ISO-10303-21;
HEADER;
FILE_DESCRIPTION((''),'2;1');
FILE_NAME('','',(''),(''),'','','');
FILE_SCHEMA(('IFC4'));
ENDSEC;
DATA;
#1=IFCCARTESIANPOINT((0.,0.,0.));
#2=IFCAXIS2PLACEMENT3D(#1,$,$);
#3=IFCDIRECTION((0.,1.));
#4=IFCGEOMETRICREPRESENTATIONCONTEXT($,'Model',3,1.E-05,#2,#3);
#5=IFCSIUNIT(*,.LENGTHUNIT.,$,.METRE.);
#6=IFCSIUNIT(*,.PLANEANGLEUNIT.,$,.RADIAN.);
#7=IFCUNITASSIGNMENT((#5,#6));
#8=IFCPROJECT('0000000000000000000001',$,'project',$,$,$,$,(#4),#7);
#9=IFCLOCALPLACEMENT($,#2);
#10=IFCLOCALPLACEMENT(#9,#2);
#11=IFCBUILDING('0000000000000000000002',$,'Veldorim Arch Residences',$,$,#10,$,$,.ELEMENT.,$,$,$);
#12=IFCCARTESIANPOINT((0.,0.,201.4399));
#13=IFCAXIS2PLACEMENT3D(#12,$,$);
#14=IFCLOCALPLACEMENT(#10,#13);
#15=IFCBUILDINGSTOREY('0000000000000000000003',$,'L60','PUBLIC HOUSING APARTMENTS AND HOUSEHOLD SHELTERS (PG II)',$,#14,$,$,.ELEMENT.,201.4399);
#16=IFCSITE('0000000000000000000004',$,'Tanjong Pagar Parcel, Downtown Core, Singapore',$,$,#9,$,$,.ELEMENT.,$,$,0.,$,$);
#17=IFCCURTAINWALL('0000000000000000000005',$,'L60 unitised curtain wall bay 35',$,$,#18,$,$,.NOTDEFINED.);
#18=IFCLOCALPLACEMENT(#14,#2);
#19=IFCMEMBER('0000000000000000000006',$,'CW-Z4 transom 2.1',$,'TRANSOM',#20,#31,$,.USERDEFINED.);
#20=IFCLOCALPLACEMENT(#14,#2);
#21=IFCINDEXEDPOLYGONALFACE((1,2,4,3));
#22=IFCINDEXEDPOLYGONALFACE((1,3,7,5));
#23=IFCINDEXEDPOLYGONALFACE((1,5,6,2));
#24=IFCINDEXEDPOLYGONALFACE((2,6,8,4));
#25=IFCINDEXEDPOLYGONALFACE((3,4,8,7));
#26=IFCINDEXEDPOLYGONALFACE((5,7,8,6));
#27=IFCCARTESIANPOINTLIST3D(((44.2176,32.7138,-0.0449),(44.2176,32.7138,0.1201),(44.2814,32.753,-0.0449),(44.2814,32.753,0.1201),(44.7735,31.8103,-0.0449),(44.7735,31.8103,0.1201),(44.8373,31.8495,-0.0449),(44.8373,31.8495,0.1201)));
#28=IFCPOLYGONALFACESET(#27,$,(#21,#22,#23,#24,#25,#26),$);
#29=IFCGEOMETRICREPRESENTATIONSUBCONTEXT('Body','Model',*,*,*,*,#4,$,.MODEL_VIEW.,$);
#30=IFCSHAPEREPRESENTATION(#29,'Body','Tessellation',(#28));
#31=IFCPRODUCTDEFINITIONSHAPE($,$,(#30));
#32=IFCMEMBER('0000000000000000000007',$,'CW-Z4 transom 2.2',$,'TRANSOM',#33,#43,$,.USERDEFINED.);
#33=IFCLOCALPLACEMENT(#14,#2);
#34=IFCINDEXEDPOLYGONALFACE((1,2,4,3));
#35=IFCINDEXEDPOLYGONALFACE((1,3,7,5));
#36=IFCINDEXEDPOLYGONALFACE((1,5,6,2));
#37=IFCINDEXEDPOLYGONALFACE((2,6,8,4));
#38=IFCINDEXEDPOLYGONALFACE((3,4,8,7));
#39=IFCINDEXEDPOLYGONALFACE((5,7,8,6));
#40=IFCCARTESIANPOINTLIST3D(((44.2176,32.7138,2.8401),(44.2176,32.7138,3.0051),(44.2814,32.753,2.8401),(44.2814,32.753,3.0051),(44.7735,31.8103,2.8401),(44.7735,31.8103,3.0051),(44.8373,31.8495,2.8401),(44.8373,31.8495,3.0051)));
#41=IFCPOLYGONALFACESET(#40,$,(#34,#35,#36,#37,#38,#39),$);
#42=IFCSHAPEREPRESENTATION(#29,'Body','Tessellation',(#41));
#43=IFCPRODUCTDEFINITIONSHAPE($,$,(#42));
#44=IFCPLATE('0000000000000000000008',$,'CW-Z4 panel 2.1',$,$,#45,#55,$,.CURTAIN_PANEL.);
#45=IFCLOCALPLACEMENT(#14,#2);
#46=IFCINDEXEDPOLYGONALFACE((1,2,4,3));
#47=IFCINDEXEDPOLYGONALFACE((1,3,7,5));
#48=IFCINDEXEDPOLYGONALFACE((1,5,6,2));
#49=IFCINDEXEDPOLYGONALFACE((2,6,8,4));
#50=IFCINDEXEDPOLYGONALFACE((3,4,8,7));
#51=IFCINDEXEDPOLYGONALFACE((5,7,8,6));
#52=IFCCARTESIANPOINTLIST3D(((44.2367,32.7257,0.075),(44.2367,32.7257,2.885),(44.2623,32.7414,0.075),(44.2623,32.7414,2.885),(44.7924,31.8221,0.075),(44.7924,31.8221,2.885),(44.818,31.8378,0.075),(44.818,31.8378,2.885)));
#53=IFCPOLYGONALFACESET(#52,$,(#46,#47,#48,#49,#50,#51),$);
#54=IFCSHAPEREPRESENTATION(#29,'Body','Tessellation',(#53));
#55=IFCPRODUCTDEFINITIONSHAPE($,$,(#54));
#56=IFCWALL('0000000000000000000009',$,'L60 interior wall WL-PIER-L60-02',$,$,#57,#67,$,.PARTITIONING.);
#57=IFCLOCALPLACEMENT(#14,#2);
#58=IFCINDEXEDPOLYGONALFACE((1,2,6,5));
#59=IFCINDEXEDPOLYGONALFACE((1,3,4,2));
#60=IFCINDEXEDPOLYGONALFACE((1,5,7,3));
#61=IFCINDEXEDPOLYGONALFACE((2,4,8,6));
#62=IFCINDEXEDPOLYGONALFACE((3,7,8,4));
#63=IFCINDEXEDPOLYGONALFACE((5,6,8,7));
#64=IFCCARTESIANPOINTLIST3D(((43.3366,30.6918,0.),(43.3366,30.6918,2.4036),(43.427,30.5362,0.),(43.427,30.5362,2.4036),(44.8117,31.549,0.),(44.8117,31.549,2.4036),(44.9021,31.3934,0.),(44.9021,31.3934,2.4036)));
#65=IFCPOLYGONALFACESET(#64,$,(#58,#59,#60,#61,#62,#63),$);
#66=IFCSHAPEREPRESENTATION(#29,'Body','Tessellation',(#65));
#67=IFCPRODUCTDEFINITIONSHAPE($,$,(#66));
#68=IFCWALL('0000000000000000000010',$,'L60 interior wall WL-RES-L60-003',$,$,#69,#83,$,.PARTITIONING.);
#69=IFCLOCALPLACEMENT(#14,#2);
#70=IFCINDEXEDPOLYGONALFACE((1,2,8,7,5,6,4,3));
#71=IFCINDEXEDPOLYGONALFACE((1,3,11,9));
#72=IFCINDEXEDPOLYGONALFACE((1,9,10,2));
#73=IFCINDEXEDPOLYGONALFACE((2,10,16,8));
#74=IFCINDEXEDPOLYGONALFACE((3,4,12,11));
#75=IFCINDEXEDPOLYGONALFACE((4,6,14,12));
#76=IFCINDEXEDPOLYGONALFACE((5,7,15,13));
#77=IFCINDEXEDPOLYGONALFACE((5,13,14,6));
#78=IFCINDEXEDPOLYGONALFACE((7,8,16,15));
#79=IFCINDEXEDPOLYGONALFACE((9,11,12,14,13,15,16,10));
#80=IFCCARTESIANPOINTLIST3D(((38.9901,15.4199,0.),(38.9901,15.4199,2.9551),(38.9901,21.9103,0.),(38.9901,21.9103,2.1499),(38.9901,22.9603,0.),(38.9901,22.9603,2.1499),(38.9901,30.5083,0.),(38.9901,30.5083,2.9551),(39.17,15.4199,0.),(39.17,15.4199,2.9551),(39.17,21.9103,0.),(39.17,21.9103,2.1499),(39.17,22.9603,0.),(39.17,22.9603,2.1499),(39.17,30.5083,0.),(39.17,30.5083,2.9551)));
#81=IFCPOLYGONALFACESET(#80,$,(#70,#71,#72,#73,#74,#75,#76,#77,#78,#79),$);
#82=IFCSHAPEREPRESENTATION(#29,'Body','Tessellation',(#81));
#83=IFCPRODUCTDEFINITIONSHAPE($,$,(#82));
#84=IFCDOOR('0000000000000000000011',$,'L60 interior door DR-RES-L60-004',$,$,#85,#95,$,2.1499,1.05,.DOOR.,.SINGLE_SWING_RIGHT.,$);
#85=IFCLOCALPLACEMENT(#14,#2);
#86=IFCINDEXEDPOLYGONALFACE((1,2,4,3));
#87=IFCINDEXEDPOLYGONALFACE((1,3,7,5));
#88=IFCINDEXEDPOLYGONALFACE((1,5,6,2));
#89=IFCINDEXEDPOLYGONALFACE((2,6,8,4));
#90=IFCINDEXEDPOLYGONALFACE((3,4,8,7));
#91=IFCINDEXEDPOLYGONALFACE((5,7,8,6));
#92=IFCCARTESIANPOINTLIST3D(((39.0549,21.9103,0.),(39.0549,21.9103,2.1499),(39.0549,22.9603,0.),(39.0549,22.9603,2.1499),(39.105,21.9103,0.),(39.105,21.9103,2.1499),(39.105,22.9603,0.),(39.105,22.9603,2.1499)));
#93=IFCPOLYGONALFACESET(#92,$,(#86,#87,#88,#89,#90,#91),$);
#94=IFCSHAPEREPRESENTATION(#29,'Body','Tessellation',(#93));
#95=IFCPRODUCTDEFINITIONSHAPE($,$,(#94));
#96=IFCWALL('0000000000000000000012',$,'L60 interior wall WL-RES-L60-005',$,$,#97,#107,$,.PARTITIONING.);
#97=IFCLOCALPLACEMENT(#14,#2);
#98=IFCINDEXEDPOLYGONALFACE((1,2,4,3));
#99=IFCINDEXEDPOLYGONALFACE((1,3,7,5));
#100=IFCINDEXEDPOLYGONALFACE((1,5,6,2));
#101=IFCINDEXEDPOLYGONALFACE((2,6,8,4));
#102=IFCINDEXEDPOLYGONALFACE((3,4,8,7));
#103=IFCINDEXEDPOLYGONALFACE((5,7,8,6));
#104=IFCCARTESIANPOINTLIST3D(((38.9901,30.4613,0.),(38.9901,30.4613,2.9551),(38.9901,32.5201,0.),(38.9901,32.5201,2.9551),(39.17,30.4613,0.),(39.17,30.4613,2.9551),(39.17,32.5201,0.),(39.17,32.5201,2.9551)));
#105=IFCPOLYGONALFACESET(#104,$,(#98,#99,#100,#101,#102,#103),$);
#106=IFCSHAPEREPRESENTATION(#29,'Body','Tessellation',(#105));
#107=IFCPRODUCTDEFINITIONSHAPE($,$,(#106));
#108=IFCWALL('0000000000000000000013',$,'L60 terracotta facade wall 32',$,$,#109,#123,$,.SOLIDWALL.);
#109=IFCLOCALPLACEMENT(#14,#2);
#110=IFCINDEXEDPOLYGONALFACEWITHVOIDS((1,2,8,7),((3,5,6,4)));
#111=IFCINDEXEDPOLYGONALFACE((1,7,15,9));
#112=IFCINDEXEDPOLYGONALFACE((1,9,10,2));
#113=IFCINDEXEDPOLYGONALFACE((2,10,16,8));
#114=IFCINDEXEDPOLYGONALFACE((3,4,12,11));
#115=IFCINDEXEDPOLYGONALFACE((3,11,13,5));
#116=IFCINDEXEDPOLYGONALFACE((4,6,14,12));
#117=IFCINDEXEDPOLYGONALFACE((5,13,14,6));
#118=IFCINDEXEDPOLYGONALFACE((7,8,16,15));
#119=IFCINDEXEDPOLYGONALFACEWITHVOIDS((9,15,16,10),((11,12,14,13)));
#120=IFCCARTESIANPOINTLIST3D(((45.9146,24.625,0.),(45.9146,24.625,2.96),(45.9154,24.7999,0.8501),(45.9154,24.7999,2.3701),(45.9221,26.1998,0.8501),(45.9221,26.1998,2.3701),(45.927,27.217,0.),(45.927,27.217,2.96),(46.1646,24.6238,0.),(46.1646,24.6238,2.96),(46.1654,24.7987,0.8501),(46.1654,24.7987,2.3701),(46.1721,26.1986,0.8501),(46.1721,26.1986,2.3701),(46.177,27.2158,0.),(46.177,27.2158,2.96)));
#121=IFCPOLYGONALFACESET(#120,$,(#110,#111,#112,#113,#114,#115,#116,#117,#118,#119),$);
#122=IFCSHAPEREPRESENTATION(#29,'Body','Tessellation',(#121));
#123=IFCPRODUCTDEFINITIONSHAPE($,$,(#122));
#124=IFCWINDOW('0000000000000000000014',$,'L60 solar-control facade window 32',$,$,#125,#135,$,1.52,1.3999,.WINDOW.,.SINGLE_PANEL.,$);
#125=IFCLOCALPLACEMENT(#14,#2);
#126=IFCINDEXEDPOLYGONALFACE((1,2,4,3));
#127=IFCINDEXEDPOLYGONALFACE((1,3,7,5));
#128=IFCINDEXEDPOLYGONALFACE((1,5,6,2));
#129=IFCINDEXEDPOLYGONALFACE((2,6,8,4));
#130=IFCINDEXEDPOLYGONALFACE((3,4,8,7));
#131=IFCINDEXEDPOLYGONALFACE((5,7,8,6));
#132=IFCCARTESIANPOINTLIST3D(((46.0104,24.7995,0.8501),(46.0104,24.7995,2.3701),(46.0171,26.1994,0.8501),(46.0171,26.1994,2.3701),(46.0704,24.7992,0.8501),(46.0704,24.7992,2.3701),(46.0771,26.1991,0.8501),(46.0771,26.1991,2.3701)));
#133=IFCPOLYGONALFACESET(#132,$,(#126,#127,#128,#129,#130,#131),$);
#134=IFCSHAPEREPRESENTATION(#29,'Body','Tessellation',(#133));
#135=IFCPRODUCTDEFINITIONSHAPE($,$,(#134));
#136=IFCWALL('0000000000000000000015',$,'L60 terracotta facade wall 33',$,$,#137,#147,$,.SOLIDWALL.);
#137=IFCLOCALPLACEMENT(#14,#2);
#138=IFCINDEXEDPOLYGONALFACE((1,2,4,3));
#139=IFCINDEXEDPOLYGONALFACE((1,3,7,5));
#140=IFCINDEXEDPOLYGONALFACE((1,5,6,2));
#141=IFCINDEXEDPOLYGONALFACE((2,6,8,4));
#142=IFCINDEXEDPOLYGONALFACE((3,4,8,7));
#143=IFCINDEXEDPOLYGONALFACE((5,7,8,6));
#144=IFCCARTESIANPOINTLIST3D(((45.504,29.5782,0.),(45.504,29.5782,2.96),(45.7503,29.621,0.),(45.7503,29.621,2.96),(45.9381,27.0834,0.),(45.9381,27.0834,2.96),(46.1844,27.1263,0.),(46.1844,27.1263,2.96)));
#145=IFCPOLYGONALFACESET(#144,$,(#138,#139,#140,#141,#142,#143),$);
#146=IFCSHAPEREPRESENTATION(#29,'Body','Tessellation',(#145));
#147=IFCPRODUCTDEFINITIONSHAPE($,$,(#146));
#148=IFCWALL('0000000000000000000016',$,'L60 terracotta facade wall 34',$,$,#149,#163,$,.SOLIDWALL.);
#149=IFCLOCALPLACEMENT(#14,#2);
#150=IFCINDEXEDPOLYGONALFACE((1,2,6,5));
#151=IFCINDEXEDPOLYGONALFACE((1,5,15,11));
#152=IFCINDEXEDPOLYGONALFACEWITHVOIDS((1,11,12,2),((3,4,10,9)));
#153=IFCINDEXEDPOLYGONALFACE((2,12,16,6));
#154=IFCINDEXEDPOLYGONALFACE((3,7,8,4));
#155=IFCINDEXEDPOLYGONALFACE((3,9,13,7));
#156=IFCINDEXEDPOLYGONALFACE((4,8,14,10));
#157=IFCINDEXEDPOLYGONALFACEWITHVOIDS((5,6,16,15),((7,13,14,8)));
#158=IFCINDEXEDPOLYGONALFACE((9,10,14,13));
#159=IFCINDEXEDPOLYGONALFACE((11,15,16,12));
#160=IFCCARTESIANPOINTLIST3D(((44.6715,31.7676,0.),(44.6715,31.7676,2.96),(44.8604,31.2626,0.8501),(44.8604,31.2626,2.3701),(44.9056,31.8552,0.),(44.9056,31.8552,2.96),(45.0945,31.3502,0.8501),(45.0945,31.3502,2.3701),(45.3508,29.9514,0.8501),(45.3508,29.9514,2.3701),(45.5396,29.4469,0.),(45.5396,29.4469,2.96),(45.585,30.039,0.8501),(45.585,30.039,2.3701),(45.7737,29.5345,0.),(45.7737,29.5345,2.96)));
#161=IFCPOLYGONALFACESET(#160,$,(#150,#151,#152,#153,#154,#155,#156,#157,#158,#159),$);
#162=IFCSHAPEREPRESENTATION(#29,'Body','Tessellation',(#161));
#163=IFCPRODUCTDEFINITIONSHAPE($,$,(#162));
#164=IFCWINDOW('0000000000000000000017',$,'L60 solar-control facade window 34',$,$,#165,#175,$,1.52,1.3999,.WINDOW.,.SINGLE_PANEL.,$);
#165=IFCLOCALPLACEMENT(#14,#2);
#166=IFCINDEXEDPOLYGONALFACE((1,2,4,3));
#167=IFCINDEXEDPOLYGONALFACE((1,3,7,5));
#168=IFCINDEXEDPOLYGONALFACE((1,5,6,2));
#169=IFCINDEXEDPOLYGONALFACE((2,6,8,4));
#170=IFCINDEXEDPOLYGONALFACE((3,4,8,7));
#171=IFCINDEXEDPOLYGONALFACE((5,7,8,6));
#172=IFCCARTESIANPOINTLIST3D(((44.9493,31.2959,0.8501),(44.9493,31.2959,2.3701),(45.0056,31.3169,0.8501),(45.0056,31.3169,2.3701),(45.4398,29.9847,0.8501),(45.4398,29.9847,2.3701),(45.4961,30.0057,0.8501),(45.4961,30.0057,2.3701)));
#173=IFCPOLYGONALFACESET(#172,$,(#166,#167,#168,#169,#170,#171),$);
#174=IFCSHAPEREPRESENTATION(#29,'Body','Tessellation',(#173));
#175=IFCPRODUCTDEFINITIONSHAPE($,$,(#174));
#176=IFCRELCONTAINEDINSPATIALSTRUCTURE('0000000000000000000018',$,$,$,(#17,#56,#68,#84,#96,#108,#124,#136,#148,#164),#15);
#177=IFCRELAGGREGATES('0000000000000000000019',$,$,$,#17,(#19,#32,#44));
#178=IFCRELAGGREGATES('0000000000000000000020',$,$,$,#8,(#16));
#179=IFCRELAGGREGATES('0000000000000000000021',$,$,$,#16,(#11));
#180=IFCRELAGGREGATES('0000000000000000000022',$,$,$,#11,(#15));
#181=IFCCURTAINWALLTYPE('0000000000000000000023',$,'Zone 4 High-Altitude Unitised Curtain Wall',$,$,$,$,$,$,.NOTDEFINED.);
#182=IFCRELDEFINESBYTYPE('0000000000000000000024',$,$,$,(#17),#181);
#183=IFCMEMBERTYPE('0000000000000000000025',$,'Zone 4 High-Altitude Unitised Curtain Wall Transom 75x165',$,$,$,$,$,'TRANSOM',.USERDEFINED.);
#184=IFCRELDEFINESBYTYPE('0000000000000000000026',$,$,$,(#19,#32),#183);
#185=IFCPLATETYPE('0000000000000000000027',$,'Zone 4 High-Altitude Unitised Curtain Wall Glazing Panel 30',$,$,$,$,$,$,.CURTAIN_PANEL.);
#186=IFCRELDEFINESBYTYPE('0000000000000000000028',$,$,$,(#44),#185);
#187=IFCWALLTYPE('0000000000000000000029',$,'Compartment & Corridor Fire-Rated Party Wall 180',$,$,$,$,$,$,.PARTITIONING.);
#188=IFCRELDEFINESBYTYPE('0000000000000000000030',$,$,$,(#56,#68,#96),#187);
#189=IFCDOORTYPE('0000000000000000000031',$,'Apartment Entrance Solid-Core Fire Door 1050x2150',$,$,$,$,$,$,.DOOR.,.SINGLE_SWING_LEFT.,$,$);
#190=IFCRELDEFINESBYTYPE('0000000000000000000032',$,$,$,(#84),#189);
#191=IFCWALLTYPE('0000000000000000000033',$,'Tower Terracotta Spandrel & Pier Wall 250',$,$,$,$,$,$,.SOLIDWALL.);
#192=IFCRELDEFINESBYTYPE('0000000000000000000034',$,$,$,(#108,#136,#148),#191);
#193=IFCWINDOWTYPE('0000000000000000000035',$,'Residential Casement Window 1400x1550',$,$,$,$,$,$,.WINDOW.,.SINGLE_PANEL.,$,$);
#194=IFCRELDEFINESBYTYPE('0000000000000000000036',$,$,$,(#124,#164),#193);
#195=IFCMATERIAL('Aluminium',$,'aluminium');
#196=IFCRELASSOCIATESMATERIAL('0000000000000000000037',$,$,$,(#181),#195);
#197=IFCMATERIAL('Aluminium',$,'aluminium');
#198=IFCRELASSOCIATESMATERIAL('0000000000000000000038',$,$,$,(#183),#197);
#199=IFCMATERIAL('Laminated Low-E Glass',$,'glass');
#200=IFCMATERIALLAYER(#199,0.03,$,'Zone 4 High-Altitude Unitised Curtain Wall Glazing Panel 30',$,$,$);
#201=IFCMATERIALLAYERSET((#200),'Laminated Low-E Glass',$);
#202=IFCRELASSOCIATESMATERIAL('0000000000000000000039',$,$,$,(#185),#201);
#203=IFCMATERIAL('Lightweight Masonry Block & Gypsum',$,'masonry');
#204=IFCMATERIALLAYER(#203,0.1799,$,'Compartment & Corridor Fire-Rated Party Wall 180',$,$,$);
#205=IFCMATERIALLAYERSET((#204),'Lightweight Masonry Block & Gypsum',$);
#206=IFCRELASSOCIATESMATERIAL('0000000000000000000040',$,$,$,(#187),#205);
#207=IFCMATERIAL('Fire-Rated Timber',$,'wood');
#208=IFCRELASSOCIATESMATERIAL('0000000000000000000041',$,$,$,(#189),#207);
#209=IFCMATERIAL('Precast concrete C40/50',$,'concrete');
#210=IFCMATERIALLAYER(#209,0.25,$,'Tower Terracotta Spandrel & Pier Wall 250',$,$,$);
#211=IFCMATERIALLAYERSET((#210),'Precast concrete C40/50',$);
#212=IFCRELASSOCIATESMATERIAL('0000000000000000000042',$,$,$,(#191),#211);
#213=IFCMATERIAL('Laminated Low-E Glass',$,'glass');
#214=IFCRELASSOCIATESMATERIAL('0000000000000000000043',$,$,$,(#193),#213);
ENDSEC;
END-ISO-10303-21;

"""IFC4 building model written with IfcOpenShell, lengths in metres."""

from ifc_helpers import new_model, si_unit, direction, frame, frame_2d, origin, origin_2d, place, context, subcontext, project, spatial, rectangle, extrude, material, layer, layer_set, material_profile, profile_set, type_object, element, fill, aggregate, save


model = new_model("IFC4")

# Units and contexts
model_context = context("Model", 3, precision=1e-05, world=origin(), true_north=direction((0.0, 1.0)))
body_context = subcontext(model_context, "Body", "Model", "MODEL_VIEW")
ifc_project = project(units=[si_unit("LENGTHUNIT", "METRE"), si_unit("PLANEANGLEUNIT", "RADIAN")], contexts=[model_context])

# Site, building, storey
site_placement = place(None, origin())
site = spatial("IfcSite", under=ifc_project, at=site_placement, Name="Tanjong Pagar Parcel, Downtown Core, Singapore", CompositionType="ELEMENT", RefElevation=0.0)
building_placement = place(site_placement, origin())
building = spatial("IfcBuilding", under=site, at=building_placement, Name="Veldorim Arch Residences", CompositionType="ELEMENT")
storey_placement = place(building_placement, frame((0.0, 0.0, 201.4399)))
storey = spatial("IfcBuildingStorey", under=building, at=storey_placement, Name="L60", Description="PUBLIC HOUSING APARTMENTS AND HOUSEHOLD SHELTERS (PG II)", CompositionType="ELEMENT", Elevation=201.4399)

# Curtain wall, members, plate
ifc_material_1 = material(Name="Aluminium", Category="aluminium")
curtain_wall_type = type_object("IfcCurtainWallType", Name="Zone 4 High-Altitude Unitised Curtain Wall", PredefinedType="NOTDEFINED", material=ifc_material_1)
curtain_wall_placement = place(storey_placement, origin())
curtain_wall = element("IfcCurtainWall", 1, at=curtain_wall_placement, inside=storey, type_object=curtain_wall_type, Name="L60 unitised curtain wall bay 35", PredefinedType="NOTDEFINED")
ifc_material_2 = material(Name="Aluminium", Category="aluminium")
ifc_material_profile_1 = material_profile(ifc_material_2, rectangle(XDim=0.075, YDim=0.165, at=origin_2d()), Name="ALU_TRN_75x165")
ifc_profile_set_1 = profile_set([ifc_material_profile_1], Name="Aluminium")
member_type_1 = type_object("IfcMemberType", Name="Zone 4 High-Altitude Unitised Curtain Wall Transom 75x165", ElementType="TRANSOM", PredefinedType="USERDEFINED", material=ifc_profile_set_1)
member_1_placement = place(storey_placement, frame((44.2495, 32.7334, 0.0376), z_axis=(0.524008, -0.851714, 0.0), x_axis=(0.851714, 0.524008, 0.0)))
member_1 = element("IfcMember", 2, at=member_1_placement, type_object=member_type_1, Name="CW-Z4 transom 2.1", ObjectType="TRANSOM", PredefinedType="USERDEFINED", context=body_context, shape_type="SweptSolid", body=[
    extrude(rectangle(XDim=0.075, YDim=0.165, at=origin_2d()), origin(), (0.0, 0.0, 1.0), 1.0608),
])
member_2_placement = place(storey_placement, frame((44.2495, 32.7334, 2.9226), z_axis=(0.524008, -0.851714, 0.0), x_axis=(0.851714, 0.524008, 0.0)))
member_2 = element("IfcMember", 3, at=member_2_placement, type_object=member_type_1, Name="CW-Z4 transom 2.2", ObjectType="TRANSOM", PredefinedType="USERDEFINED", context=body_context, shape_type="SweptSolid", body=[
    extrude(rectangle(XDim=0.075, YDim=0.165, at=origin_2d()), origin(), (0.0, 0.0, 1.0), 1.0608),
])
ifc_material_3 = material(Name="Laminated Low-E Glass", Category="glass")
ifc_layer_1 = layer(ifc_material_3, 0.03, Name="Zone 4 High-Altitude Unitised Curtain Wall Glazing Panel 30")
ifc_layer_set_1 = layer_set([ifc_layer_1], Name="Laminated Low-E Glass")
plate_type = type_object("IfcPlateType", Name="Zone 4 High-Altitude Unitised Curtain Wall Glazing Panel 30", PredefinedType="CURTAIN_PANEL", material=ifc_layer_set_1)
plate_placement = place(storey_placement, frame((44.5273, 32.2817, 0.075), z_axis=(0.0, 0.0, 1.0), x_axis=(0.523864, -0.851802, 0.0)))
plate = element("IfcPlate", 4, at=plate_placement, type_object=plate_type, Name="CW-Z4 panel 2.1", PredefinedType="CURTAIN_PANEL", context=body_context, shape_type="SweptSolid", body=[
    extrude(rectangle(XDim=1.0608, YDim=0.03, at=origin_2d()), origin(), (0.0, 0.0, 1.0), 2.8101),
])
aggregate(curtain_wall, [member_1, member_2, plate])

# Wall
ifc_material_4 = material(Name="Lightweight Masonry Block & Gypsum", Category="masonry")
ifc_layer_2 = layer(ifc_material_4, 0.1799, Name="Compartment & Corridor Fire-Rated Party Wall 180")
ifc_layer_set_2 = layer_set([ifc_layer_2], Name="Lightweight Masonry Block & Gypsum")
wall_type_1 = type_object("IfcWallType", Name="Compartment & Corridor Fire-Rated Party Wall 180", PredefinedType="PARTITIONING", material=ifc_layer_set_2)
wall_1_placement = place(storey_placement, frame((43.3818, 30.614, 0.0), z_axis=(0.0, 0.0, 1.0), x_axis=(0.864619, 0.502429, 0.0)))
element("IfcWall", 5, at=wall_1_placement, inside=storey, type_object=wall_type_1, Name="L60 interior wall WL-PIER-L60-02", PredefinedType="PARTITIONING", context=body_context, shape_type="SweptSolid", body=[
    extrude(rectangle(XDim=1.7061, YDim=0.1799, at=frame_2d((0.853, 0.0))), origin(), (0.0, 0.0, 1.0), 2.4036),
])

# Wall, opening, door
wall_2_placement = place(storey_placement, frame((39.0801, 30.5083, 0.0), z_axis=(0.0, 0.0, 1.0), x_axis=(0.0, -1.0, 0.0)))
wall_2 = element("IfcWall", 6, at=wall_2_placement, inside=storey, type_object=wall_type_1, Name="L60 interior wall WL-RES-L60-003", PredefinedType="PARTITIONING", context=body_context, shape_type="SweptSolid", body=[
    extrude(rectangle(XDim=15.0884, YDim=0.1799, at=frame_2d((7.5442, 0.0))), origin(), (0.0, 0.0, 1.0), 2.9551),
])
opening_1_placement = place(wall_2_placement, frame((7.5481, 0.0, 0.0)))
opening_1 = element("IfcOpeningElement", 7, at=opening_1_placement, cuts=wall_2, PredefinedType="OPENING", context=body_context, shape_type="SweptSolid", body=[
    extrude(rectangle(XDim=1.05, YDim=2.1499, at=frame_2d((0.5249, 1.075))), frame((0.0, 0.0999, 0.0), z_axis=(0.0, -1.0, 0.0), x_axis=(1.0, 0.0, 0.0)), (0.0, 0.0, 1.0), 0.2),
])
ifc_material_5 = material(Name="Fire-Rated Timber", Category="wood")
door_type = type_object("IfcDoorType", Name="Apartment Entrance Solid-Core Fire Door 1050x2150", OperationType="SINGLE_SWING_LEFT", PredefinedType="DOOR", material=ifc_material_5)
door_placement = place(opening_1_placement, origin())
door = element("IfcDoor", 8, at=door_placement, inside=storey, type_object=door_type, Name="L60 interior door DR-RES-L60-004", OperationType="SINGLE_SWING_RIGHT", OverallHeight=2.1499, OverallWidth=1.05, PredefinedType="DOOR", context=body_context, shape_type="SweptSolid", body=[
    extrude(rectangle(XDim=1.05, YDim=2.1499, at=frame_2d((0.5249, 1.075))), frame((0.0, 0.0249, 0.0), z_axis=(0.0, -1.0, 0.0), x_axis=(1.0, 0.0, 0.0)), (0.0, 0.0, 1.0), 0.05),
])
fill(opening_1, door)

# Wall
wall_3_placement = place(storey_placement, frame((39.0801, 32.52, 0.0), z_axis=(0.0, 0.0, 1.0), x_axis=(0.0, -1.0, 0.0)))
element("IfcWall", 9, at=wall_3_placement, inside=storey, type_object=wall_type_1, Name="L60 interior wall WL-RES-L60-005", PredefinedType="PARTITIONING", context=body_context, shape_type="SweptSolid", body=[
    extrude(rectangle(XDim=2.0588, YDim=0.1799, at=frame_2d((1.0293, 0.0))), origin(), (0.0, 0.0, 1.0), 2.9551),
])

# Wall, opening, window
ifc_material_6 = material(Name="Precast concrete C40/50", Category="concrete")
ifc_layer_3 = layer(ifc_material_6, 0.25, Name="Tower Terracotta Spandrel & Pier Wall 250")
ifc_layer_set_3 = layer_set([ifc_layer_3], Name="Precast concrete C40/50")
wall_type_2 = type_object("IfcWallType", Name="Tower Terracotta Spandrel & Pier Wall 250", PredefinedType="SOLIDWALL", material=ifc_layer_set_3)
wall_4_placement = place(storey_placement, frame((46.052, 27.2163, 0.0), z_axis=(0.0, 0.0, 1.0), x_axis=(-0.004804, -0.999988, 0.0)))
wall_4 = element("IfcWall", 10, at=wall_4_placement, inside=storey, type_object=wall_type_2, Name="L60 terracotta facade wall 32", PredefinedType="SOLIDWALL", context=body_context, shape_type="SweptSolid", body=[
    extrude(rectangle(XDim=2.592, YDim=0.25, at=frame_2d((1.2959, 0.0))), origin(), (0.0, 0.0, 1.0), 2.96),
])
opening_2_placement = place(wall_4_placement, frame((1.0171, 0.0, 0.8501)))
opening_2 = element("IfcOpeningElement", 11, at=opening_2_placement, cuts=wall_4, PredefinedType="OPENING", context=body_context, shape_type="SweptSolid", body=[
    extrude(rectangle(XDim=1.3999, YDim=1.52, at=frame_2d((0.7, 0.76))), frame((0.0, 0.135, 0.0), z_axis=(0.0, -1.0, 0.0), x_axis=(1.0, 0.0, 0.0)), (0.0, 0.0, 1.0), 0.27),
])
ifc_material_7 = material(Name="Laminated Low-E Glass", Category="glass")
window_type = type_object("IfcWindowType", Name="Residential Casement Window 1400x1550", PartitioningType="SINGLE_PANEL", PredefinedType="WINDOW", material=ifc_material_7)
window_1_placement = place(opening_2_placement, origin())
window_1 = element("IfcWindow", 12, at=window_1_placement, inside=storey, type_object=window_type, Name="L60 solar-control facade window 32", OverallHeight=1.52, OverallWidth=1.3999, PartitioningType="SINGLE_PANEL", PredefinedType="WINDOW", context=body_context, shape_type="SweptSolid", body=[
    extrude(rectangle(XDim=1.3999, YDim=1.52, at=frame_2d((0.7, 0.76))), frame((0.0, 0.03, 0.0), z_axis=(0.0, -1.0, 0.0), x_axis=(1.0, 0.0, 0.0)), (0.0, 0.0, 1.0), 0.0601),
])
fill(opening_2, window_1)

# Wall
wall_5_placement = place(storey_placement, frame((45.6272, 29.5996, 0.0), z_axis=(0.0, 0.0, 1.0), x_axis=(0.171431, -0.985196, 0.0)))
element("IfcWall", 13, at=wall_5_placement, inside=storey, type_object=wall_type_2, Name="L60 terracotta facade wall 33", PredefinedType="SOLIDWALL", context=body_context, shape_type="SweptSolid", body=[
    extrude(rectangle(XDim=2.5322, YDim=0.25, at=frame_2d((1.2661, 0.0))), origin(), (0.0, 0.0, 1.0), 2.96),
])

# Wall, opening, window
wall_6_placement = place(storey_placement, frame((44.7886, 31.8113, 0.0), z_axis=(0.0, 0.0, 1.0), x_axis=(0.350367, -0.936612, 0.0)))
wall_6 = element("IfcWall", 14, at=wall_6_placement, inside=storey, type_object=wall_type_2, Name="L60 terracotta facade wall 34", PredefinedType="SOLIDWALL", context=body_context, shape_type="SweptSolid", body=[
    extrude(rectangle(XDim=2.4778, YDim=0.25, at=frame_2d((1.2388, 0.0))), origin(), (0.0, 0.0, 1.0), 2.96),
])
opening_3_placement = place(wall_6_placement, frame((0.5391, 0.0, 0.8501)))
opening_3 = element("IfcOpeningElement", 15, at=opening_3_placement, cuts=wall_6, PredefinedType="OPENING", context=body_context, shape_type="SweptSolid", body=[
    extrude(rectangle(XDim=1.3999, YDim=1.52, at=frame_2d((0.7, 0.76))), frame((0.0, 0.135, 0.0), z_axis=(0.0, -1.0, 0.0), x_axis=(1.0, 0.0, 0.0)), (0.0, 0.0, 1.0), 0.27),
])
window_2_placement = place(opening_3_placement, origin())
window_2 = element("IfcWindow", 16, at=window_2_placement, inside=storey, type_object=window_type, Name="L60 solar-control facade window 34", OverallHeight=1.52, OverallWidth=1.3999, PartitioningType="SINGLE_PANEL", PredefinedType="WINDOW", context=body_context, shape_type="SweptSolid", body=[
    extrude(rectangle(XDim=1.3999, YDim=1.52, at=frame_2d((0.7, 0.76))), frame((0.0, 0.03, 0.0), z_axis=(0.0, -1.0, 0.0), x_axis=(1.0, 0.0, 0.0)), (0.0, 0.0, 1.0), 0.0601),
])
fill(opening_3, window_2)

save(model, "model.ifc")
